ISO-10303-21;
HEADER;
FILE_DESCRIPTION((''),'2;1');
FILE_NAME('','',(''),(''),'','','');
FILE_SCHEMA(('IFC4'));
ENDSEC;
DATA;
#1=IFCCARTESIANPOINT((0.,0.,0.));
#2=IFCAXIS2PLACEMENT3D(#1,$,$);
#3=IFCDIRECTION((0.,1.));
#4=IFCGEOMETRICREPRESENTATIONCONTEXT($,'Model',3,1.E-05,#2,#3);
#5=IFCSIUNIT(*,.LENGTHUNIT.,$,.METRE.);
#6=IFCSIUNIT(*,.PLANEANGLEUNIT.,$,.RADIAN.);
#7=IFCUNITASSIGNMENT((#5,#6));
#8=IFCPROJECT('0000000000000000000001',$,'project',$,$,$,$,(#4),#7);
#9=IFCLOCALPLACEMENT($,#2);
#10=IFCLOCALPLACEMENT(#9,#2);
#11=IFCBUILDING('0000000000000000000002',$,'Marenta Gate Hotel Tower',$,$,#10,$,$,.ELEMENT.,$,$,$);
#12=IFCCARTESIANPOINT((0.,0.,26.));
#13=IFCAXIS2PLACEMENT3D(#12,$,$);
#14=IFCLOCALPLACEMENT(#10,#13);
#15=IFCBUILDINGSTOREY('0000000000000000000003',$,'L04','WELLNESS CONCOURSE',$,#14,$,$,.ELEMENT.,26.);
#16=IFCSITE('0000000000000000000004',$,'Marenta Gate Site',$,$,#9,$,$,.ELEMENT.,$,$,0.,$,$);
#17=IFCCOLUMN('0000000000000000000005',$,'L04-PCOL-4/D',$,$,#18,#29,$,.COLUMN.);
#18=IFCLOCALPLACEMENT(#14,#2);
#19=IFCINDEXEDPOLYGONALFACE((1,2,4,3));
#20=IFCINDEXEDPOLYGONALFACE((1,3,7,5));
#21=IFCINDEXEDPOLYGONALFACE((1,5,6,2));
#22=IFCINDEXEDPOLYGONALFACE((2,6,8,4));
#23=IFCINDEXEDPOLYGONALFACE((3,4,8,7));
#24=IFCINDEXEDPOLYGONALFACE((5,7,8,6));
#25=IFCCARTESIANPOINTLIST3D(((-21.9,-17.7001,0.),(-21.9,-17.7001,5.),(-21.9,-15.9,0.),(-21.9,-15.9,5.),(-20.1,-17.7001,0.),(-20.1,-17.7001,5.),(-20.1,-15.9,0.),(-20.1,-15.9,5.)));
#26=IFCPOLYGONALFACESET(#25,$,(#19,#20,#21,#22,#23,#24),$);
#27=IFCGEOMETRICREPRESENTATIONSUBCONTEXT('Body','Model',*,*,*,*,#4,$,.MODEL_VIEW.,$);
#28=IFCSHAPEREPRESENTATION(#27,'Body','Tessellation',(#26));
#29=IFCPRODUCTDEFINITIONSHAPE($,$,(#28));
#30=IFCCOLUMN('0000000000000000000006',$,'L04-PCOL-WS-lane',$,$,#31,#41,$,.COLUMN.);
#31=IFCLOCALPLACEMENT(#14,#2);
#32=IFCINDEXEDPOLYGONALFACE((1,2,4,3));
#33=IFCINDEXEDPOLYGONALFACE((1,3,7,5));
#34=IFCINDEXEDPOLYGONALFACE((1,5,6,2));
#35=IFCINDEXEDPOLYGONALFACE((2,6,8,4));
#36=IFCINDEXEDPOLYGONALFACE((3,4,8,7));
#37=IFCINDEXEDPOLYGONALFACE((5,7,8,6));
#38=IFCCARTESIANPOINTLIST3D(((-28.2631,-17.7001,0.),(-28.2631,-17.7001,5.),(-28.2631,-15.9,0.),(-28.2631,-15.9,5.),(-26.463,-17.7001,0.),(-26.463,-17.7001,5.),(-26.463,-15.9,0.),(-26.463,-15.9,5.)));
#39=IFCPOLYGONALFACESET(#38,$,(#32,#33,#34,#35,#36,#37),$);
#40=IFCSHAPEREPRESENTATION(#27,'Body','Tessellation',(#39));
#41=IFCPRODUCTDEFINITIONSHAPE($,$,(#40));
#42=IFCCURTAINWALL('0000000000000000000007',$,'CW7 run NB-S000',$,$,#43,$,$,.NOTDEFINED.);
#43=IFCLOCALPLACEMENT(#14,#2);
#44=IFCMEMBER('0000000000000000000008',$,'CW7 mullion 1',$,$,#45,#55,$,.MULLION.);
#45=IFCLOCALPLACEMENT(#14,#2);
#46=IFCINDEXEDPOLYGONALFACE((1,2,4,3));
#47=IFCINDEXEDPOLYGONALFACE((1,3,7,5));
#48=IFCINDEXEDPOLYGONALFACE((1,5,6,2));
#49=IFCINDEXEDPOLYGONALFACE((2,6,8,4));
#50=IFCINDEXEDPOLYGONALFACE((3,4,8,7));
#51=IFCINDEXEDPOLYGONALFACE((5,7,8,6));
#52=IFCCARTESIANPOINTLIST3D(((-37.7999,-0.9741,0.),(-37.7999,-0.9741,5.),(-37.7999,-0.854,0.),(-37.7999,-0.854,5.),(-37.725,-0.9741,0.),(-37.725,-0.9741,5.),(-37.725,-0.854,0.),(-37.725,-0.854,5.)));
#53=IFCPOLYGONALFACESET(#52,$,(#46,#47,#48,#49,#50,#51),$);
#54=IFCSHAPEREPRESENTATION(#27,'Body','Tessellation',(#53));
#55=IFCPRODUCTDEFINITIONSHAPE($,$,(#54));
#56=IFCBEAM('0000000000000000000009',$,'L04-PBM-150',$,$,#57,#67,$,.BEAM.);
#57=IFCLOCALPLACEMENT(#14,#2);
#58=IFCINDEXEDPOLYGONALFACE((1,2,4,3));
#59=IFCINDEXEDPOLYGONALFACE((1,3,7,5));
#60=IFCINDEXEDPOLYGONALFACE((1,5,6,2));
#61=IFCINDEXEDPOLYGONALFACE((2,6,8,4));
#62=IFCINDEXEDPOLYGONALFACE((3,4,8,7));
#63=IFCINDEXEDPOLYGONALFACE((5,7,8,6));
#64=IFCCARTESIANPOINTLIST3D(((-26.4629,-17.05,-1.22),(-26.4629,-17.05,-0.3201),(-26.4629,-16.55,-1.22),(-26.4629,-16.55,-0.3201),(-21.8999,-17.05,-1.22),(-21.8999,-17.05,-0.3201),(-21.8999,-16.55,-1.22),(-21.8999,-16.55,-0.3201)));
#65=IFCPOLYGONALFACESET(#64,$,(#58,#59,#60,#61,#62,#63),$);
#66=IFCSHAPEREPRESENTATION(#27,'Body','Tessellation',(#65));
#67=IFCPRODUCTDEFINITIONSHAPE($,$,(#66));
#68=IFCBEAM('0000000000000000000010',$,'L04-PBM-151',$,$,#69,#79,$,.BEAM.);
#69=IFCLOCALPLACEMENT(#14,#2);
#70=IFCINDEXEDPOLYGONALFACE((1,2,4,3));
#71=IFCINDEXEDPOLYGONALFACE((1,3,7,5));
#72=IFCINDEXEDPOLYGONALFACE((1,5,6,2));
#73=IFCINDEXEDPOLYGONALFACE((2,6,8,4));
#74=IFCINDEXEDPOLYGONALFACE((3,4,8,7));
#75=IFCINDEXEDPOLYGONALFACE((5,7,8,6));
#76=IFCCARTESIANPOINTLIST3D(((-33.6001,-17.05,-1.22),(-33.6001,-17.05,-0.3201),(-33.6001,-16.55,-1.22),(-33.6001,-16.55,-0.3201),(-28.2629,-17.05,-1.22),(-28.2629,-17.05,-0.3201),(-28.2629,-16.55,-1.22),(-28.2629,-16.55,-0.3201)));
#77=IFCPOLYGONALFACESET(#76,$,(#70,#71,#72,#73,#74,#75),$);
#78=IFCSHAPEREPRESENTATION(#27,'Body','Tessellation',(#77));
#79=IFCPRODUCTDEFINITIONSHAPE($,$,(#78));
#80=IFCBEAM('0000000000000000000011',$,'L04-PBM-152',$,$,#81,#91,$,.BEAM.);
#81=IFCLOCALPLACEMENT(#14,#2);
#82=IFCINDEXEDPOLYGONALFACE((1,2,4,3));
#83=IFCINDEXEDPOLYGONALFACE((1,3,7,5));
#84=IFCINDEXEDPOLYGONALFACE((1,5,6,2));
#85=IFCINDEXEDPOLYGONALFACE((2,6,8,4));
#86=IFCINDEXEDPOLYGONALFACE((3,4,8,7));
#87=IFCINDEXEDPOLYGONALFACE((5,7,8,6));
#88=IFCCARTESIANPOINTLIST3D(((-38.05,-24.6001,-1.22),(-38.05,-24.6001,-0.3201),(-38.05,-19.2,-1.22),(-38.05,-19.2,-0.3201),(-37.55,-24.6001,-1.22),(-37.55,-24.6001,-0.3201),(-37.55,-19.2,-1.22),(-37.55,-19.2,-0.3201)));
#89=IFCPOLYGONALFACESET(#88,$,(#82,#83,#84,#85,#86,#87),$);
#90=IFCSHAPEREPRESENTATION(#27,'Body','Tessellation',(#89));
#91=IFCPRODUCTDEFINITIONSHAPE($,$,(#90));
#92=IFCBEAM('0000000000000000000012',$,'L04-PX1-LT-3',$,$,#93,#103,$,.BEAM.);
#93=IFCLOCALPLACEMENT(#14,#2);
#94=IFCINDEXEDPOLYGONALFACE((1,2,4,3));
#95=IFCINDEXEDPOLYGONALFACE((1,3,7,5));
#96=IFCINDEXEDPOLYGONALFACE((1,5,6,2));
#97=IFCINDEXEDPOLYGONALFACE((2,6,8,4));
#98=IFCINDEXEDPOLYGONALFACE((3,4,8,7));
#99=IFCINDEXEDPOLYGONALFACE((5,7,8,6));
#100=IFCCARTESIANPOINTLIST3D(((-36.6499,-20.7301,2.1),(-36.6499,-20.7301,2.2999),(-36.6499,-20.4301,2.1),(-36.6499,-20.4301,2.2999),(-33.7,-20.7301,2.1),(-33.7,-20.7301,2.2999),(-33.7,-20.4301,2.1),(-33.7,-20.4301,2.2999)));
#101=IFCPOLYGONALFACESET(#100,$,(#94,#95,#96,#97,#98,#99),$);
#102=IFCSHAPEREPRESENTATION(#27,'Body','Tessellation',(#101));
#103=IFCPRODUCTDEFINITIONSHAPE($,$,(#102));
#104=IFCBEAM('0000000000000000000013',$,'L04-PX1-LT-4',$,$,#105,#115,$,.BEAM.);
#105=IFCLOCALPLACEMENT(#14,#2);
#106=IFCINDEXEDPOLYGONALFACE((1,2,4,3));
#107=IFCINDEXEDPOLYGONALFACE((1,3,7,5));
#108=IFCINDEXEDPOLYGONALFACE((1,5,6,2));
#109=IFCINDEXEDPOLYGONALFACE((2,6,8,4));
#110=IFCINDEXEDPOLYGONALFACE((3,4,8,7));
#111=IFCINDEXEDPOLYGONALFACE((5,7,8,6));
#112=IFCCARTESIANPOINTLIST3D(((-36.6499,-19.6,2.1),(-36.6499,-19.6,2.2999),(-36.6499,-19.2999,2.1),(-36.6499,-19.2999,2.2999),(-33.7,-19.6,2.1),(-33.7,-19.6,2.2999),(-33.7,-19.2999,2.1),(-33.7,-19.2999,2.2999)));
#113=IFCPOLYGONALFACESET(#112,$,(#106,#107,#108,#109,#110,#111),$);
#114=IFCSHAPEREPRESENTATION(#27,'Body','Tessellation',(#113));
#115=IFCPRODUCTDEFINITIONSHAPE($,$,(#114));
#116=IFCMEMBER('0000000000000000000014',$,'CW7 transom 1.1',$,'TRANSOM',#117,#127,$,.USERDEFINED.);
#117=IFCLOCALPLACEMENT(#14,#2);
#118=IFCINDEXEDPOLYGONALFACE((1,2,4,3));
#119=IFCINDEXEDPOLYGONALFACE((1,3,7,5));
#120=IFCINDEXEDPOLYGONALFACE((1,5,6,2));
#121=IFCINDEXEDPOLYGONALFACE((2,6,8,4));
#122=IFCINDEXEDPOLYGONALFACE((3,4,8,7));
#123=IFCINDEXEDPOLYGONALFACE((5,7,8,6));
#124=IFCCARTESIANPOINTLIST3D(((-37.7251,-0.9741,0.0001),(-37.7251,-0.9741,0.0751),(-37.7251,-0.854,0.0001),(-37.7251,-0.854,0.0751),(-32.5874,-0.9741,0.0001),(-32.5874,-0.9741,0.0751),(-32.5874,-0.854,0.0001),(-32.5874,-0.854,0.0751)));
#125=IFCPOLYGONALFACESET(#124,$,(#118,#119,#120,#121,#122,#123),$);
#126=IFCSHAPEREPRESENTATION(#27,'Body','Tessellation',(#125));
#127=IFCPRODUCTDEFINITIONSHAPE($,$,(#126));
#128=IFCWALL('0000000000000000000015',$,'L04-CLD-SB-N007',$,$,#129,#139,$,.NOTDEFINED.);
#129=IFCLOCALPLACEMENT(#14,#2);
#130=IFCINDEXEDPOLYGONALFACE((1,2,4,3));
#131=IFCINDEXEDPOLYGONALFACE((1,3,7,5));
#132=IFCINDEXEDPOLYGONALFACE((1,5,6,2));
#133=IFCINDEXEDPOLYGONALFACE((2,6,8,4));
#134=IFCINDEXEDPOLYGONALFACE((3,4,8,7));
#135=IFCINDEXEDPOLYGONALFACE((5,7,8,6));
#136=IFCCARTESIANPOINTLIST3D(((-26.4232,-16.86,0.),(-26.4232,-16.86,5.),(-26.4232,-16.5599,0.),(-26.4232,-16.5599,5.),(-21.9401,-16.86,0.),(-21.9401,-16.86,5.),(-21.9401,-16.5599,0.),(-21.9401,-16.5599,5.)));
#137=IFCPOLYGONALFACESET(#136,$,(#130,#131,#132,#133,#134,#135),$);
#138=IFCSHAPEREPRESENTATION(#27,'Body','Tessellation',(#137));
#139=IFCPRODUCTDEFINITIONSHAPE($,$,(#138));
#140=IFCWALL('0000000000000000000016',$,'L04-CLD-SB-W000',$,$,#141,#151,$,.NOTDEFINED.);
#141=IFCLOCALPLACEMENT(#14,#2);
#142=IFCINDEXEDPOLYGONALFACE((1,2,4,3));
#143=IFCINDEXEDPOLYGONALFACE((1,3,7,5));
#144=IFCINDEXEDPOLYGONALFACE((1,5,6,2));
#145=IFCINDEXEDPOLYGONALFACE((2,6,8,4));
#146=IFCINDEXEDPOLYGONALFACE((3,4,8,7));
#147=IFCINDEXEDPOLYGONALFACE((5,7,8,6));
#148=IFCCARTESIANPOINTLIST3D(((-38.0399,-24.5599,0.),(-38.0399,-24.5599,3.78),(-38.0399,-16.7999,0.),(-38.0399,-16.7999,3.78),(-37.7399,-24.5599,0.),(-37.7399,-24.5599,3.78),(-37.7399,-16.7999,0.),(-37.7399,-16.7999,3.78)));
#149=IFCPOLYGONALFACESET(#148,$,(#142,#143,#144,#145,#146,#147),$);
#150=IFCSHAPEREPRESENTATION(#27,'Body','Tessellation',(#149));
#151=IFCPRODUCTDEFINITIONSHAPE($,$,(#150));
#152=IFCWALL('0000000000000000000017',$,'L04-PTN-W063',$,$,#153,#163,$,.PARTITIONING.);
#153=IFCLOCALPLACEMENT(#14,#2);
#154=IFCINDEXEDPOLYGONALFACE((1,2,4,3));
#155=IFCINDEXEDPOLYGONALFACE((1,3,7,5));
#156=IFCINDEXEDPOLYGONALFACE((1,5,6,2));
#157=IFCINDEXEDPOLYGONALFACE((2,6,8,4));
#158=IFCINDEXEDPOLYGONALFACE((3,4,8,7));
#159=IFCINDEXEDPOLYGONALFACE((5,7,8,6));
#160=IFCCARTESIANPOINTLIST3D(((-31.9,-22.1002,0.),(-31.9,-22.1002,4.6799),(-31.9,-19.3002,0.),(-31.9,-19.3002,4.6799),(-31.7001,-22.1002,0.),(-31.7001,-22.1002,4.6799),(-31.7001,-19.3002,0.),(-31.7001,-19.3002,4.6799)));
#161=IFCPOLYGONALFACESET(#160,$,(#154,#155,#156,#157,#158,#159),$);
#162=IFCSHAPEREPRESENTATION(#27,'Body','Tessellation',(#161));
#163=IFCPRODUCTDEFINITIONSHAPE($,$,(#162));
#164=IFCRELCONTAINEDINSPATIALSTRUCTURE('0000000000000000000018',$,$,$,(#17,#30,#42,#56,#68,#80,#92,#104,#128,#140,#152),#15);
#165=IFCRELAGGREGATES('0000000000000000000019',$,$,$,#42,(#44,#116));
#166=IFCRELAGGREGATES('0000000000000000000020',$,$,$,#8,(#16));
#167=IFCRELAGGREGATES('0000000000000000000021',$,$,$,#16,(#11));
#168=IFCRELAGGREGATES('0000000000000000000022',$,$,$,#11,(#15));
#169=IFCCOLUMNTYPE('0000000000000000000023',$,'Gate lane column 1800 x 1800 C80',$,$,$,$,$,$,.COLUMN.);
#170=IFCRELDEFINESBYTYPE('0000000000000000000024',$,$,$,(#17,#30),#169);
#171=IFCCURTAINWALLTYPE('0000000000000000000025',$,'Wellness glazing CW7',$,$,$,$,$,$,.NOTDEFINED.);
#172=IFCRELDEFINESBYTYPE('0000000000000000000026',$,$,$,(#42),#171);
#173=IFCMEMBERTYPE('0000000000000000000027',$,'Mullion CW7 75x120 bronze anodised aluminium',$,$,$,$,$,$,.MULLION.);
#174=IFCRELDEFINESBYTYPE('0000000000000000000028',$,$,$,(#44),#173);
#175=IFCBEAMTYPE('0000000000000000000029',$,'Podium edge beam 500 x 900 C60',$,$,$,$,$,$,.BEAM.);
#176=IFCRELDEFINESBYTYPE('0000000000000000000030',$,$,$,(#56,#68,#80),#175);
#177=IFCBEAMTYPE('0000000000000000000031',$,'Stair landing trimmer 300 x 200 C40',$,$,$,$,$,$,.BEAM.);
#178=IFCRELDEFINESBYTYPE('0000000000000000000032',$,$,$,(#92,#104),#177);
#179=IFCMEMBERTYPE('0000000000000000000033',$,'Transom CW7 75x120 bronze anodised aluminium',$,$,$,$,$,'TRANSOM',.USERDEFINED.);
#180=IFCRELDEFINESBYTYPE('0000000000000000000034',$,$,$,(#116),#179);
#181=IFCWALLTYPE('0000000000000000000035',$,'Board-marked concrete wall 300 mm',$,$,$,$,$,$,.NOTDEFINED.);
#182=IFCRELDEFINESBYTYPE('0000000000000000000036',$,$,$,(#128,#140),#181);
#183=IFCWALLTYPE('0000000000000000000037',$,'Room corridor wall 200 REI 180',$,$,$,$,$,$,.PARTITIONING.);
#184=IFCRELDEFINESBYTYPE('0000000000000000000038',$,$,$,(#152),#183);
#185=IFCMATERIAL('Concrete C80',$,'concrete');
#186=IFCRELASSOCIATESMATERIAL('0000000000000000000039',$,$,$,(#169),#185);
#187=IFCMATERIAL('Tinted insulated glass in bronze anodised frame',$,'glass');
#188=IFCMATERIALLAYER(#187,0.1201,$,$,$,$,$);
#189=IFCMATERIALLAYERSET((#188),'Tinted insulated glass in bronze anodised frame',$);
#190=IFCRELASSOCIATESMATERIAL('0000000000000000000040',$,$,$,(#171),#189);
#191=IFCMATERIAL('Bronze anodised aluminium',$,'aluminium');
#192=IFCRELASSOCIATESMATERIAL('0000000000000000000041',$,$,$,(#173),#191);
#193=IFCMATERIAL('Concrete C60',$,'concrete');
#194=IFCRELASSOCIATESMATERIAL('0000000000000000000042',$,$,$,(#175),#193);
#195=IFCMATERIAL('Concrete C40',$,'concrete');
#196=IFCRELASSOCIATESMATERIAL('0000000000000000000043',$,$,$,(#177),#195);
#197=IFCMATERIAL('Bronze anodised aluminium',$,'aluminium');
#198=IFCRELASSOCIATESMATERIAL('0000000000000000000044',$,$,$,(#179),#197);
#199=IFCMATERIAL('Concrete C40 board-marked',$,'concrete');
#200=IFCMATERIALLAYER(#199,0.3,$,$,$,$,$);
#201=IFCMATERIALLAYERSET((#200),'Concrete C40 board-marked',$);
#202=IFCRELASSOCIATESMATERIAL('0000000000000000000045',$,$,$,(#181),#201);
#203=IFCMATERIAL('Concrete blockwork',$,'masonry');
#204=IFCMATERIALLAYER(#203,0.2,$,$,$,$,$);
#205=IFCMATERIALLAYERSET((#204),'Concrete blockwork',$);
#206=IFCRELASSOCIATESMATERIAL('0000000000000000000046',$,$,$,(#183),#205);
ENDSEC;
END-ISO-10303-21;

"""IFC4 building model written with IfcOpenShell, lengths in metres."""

from ifc_helpers import new_model, si_unit, direction, frame, frame_2d, origin, origin_2d, place, context, subcontext, project, spatial, rectangle, extrude, material, layer, layer_set, material_profile, profile_set, type_object, element, aggregate, save


model = new_model("IFC4")

# Units and contexts
model_context = context("Model", 3, precision=1e-05, world=origin(), true_north=direction((0.0, 1.0)))
body_context = subcontext(model_context, "Body", "Model", "MODEL_VIEW")
ifc_project = project(units=[si_unit("LENGTHUNIT", "METRE"), si_unit("PLANEANGLEUNIT", "RADIAN")], contexts=[model_context])

# Site, building, storey
site_placement = place(None, origin())
site = spatial("IfcSite", under=ifc_project, at=site_placement, Name="Marenta Gate Site", CompositionType="ELEMENT", RefElevation=0.0)
building_placement = place(site_placement, origin())
building = spatial("IfcBuilding", under=site, at=building_placement, Name="Marenta Gate Hotel Tower", CompositionType="ELEMENT")
storey_placement = place(building_placement, frame((0.0, 0.0, 26.0)))
storey = spatial("IfcBuildingStorey", under=building, at=storey_placement, Name="L04", Description="WELLNESS CONCOURSE", CompositionType="ELEMENT", Elevation=26.0)

# Columns
ifc_material_1 = material(Name="Concrete C80", Category="concrete")
ifc_material_profile_1 = material_profile(ifc_material_1, rectangle(XDim=1.8, YDim=1.8, at=origin_2d()), Name="1800 x 1800")
ifc_profile_set_1 = profile_set([ifc_material_profile_1], Name="Concrete C80")
column_type = type_object("IfcColumnType", Name="Gate lane column 1800 x 1800 C80", PredefinedType="COLUMN", material=ifc_profile_set_1)
for number, where, z_axis, x_axis, name in (
    (1, (-21.0, -16.8, 0.0), (0.0, 0.0, 1.0), (1.0, 0.0, 0.0), "L04-PCOL-4/D"),
    (2, (-27.363, -16.8, 0.0), (0.0, 0.0, 1.0), (1.0, 0.0, 0.0), "L04-PCOL-WS-lane"),
):
    element("IfcColumn", number, at=place(storey_placement, frame(where, z_axis=z_axis, x_axis=x_axis)), inside=storey, type_object=column_type, Name=name, PredefinedType="COLUMN", context=body_context, shape_type="SweptSolid", body=[
        extrude(rectangle(XDim=1.8, YDim=1.8, at=origin_2d()), origin(), (0.0, 0.0, 1.0), 5.0),
    ])

# Curtain wall, member
ifc_material_2 = material(Name="Tinted insulated glass in bronze anodised frame", Category="glass")
ifc_layer_1 = layer(ifc_material_2, 0.1201)
ifc_layer_set_1 = layer_set([ifc_layer_1], Name="Tinted insulated glass in bronze anodised frame")
curtain_wall_type = type_object("IfcCurtainWallType", Name="Wellness glazing CW7", PredefinedType="NOTDEFINED", material=ifc_layer_set_1)
curtain_wall_placement = place(storey_placement, origin())
curtain_wall = element("IfcCurtainWall", 3, at=curtain_wall_placement, inside=storey, type_object=curtain_wall_type, Name="CW7 run NB-S000", PredefinedType="NOTDEFINED")
ifc_material_3 = material(Name="Bronze anodised aluminium", Category="aluminium")
ifc_material_profile_2 = material_profile(ifc_material_3, rectangle(XDim=0.1201, YDim=0.075, at=origin_2d()), Name="Mullion CW7 75x120 bronze anodised aluminium")
ifc_profile_set_2 = profile_set([ifc_material_profile_2], Name="Bronze anodised aluminium")
member_type_1 = type_object("IfcMemberType", Name="Mullion CW7 75x120 bronze anodised aluminium", PredefinedType="MULLION", material=ifc_profile_set_2)
member_1_placement = place(storey_placement, frame((-37.7625, -0.9141, 0.0), z_axis=(0.0, 0.0, 1.0), x_axis=(0.0, 1.0, 0.0)))
member_1 = element("IfcMember", 4, at=member_1_placement, type_object=member_type_1, Name="CW7 mullion 1", PredefinedType="MULLION", context=body_context, shape_type="SweptSolid", body=[
    extrude(rectangle(XDim=0.1201, YDim=0.075, at=origin_2d()), origin(), (0.0, 0.0, 1.0), 5.0),
])

# Beams
ifc_material_4 = material(Name="Concrete C60", Category="concrete")
ifc_material_profile_3 = material_profile(ifc_material_4, rectangle(XDim=0.5, YDim=0.8999, at=origin_2d()), Name="500 x 900")
ifc_profile_set_3 = profile_set([ifc_material_profile_3], Name="Concrete C60")
beam_type_1 = type_object("IfcBeamType", Name="Podium edge beam 500 x 900 C60", PredefinedType="BEAM", material=ifc_profile_set_3)
beam_1_placement = place(storey_placement, frame((-21.8999, -16.8, -0.77), z_axis=(-1.0, 0.0, 0.0), x_axis=(0.0, -1.0, 0.0)))
element("IfcBeam", 5, at=beam_1_placement, inside=storey, type_object=beam_type_1, Name="L04-PBM-150", PredefinedType="BEAM", context=body_context, shape_type="SweptSolid", body=[
    extrude(rectangle(XDim=0.5, YDim=0.8999, at=origin_2d()), origin(), (0.0, 0.0, 1.0), 4.563),
])
beam_2_placement = place(storey_placement, frame((-28.2629, -16.8, -0.77), z_axis=(-1.0, 0.0, 0.0), x_axis=(0.0, -1.0, 0.0)))
element("IfcBeam", 6, at=beam_2_placement, inside=storey, type_object=beam_type_1, Name="L04-PBM-151", PredefinedType="BEAM", context=body_context, shape_type="SweptSolid", body=[
    extrude(rectangle(XDim=0.5, YDim=0.8999, at=origin_2d()), origin(), (0.0, 0.0, 1.0), 5.3372),
])
beam_3_placement = place(storey_placement, frame((-37.8, -19.2, -0.77), z_axis=(0.0, -1.0, 0.0), x_axis=(1.0, 0.0, 0.0)))
element("IfcBeam", 7, at=beam_3_placement, inside=storey, type_object=beam_type_1, Name="L04-PBM-152", PredefinedType="BEAM", context=body_context, shape_type="SweptSolid", body=[
    extrude(rectangle(XDim=0.5, YDim=0.8999, at=origin_2d()), origin(), (0.0, 0.0, 1.0), 5.4001),
])
ifc_material_5 = material(Name="Concrete C40", Category="concrete")
ifc_material_profile_4 = material_profile(ifc_material_5, rectangle(XDim=0.3, YDim=0.2, at=origin_2d()), Name="300 x 200")
ifc_profile_set_4 = profile_set([ifc_material_profile_4], Name="Concrete C40")
beam_type_2 = type_object("IfcBeamType", Name="Stair landing trimmer 300 x 200 C40", PredefinedType="BEAM", material=ifc_profile_set_4)
for number, where, z_axis, x_axis, name in (
    (8, (-36.6499, -20.5801, 2.2), (1.0, 0.0, 0.0), (0.0, 1.0, 0.0), "L04-PX1-LT-3"),
    (9, (-36.6499, -19.45, 2.2), (1.0, 0.0, 0.0), (0.0, 1.0, 0.0), "L04-PX1-LT-4"),
):
    element("IfcBeam", number, at=place(storey_placement, frame(where, z_axis=z_axis, x_axis=x_axis)), inside=storey, type_object=beam_type_2, Name=name, PredefinedType="BEAM", context=body_context, shape_type="SweptSolid", body=[
        extrude(rectangle(XDim=0.3, YDim=0.2, at=origin_2d()), origin(), (0.0, 0.0, 1.0), 2.95),
    ])

# Member
ifc_material_6 = material(Name="Bronze anodised aluminium", Category="aluminium")
ifc_material_profile_5 = material_profile(ifc_material_6, rectangle(XDim=0.1201, YDim=0.075, at=origin_2d()), Name="Transom CW7 75x120 bronze anodised aluminium")
ifc_profile_set_5 = profile_set([ifc_material_profile_5], Name="Bronze anodised aluminium")
member_type_2 = type_object("IfcMemberType", Name="Transom CW7 75x120 bronze anodised aluminium", ElementType="TRANSOM", PredefinedType="USERDEFINED", material=ifc_profile_set_5)
member_2_placement = place(storey_placement, frame((-37.7251, -0.9141, 0.0376), z_axis=(1.0, 0.0, 0.0), x_axis=(0.0, 1.0, 0.0)))
member_2 = element("IfcMember", 10, at=member_2_placement, type_object=member_type_2, Name="CW7 transom 1.1", ObjectType="TRANSOM", PredefinedType="USERDEFINED", context=body_context, shape_type="SweptSolid", body=[
    extrude(rectangle(XDim=0.1201, YDim=0.075, at=origin_2d()), origin(), (0.0, 0.0, 1.0), 5.1377),
])
aggregate(curtain_wall, [member_1, member_2])

# Wall
ifc_material_7 = material(Name="Concrete C40 board-marked", Category="concrete")
ifc_layer_2 = layer(ifc_material_7, 0.3)
ifc_layer_set_2 = layer_set([ifc_layer_2], Name="Concrete C40 board-marked")
wall_type_1 = type_object("IfcWallType", Name="Board-marked concrete wall 300 mm", PredefinedType="NOTDEFINED", material=ifc_layer_set_2)
wall_1_placement = place(storey_placement, frame((-21.9399, -16.71, 0.0), z_axis=(0.0, 0.0, 1.0), x_axis=(-1.0, 0.0, 0.0)))
element("IfcWall", 11, at=wall_1_placement, inside=storey, type_object=wall_type_1, Name="L04-CLD-SB-N007", PredefinedType="NOTDEFINED", context=body_context, shape_type="SweptSolid", body=[
    extrude(rectangle(XDim=4.4832, YDim=0.3, at=frame_2d((2.2417, 0.0))), origin(), (0.0, 0.0, 1.0), 5.0),
])

# Wall
wall_2_placement = place(storey_placement, frame((-37.8899, -16.8, 0.0), z_axis=(0.0, 0.0, 1.0), x_axis=(0.0, -1.0, 0.0)))
element("IfcWall", 12, at=wall_2_placement, inside=storey, type_object=wall_type_1, Name="L04-CLD-SB-W000", PredefinedType="NOTDEFINED", context=body_context, shape_type="SweptSolid", body=[
    extrude(rectangle(XDim=7.76, YDim=0.3, at=frame_2d((3.8799, 0.0))), origin(), (0.0, 0.0, 1.0), 3.78),
])

# Shared definitions
ifc_material_8 = material(Name="Concrete blockwork", Category="masonry")
ifc_layer_3 = layer(ifc_material_8, 0.2)
ifc_layer_set_3 = layer_set([ifc_layer_3], Name="Concrete blockwork")
wall_type_2 = type_object("IfcWallType", Name="Room corridor wall 200 REI 180", PredefinedType="PARTITIONING", material=ifc_layer_set_3)

# Wall
wall_3_placement = place(storey_placement, frame((-31.8, -22.1001, 0.0), z_axis=(0.0, 0.0, 1.0), x_axis=(0.0, 1.0, 0.0)))
element("IfcWall", 13, at=wall_3_placement, inside=storey, type_object=wall_type_2, Name="L04-PTN-W063", PredefinedType="PARTITIONING", context=body_context, shape_type="SweptSolid", body=[
    extrude(rectangle(XDim=2.8, YDim=0.2, at=frame_2d((1.3999, 0.0))), origin(), (0.0, 0.0, 1.0), 4.6799),
])

save(model, "model.ifc")
